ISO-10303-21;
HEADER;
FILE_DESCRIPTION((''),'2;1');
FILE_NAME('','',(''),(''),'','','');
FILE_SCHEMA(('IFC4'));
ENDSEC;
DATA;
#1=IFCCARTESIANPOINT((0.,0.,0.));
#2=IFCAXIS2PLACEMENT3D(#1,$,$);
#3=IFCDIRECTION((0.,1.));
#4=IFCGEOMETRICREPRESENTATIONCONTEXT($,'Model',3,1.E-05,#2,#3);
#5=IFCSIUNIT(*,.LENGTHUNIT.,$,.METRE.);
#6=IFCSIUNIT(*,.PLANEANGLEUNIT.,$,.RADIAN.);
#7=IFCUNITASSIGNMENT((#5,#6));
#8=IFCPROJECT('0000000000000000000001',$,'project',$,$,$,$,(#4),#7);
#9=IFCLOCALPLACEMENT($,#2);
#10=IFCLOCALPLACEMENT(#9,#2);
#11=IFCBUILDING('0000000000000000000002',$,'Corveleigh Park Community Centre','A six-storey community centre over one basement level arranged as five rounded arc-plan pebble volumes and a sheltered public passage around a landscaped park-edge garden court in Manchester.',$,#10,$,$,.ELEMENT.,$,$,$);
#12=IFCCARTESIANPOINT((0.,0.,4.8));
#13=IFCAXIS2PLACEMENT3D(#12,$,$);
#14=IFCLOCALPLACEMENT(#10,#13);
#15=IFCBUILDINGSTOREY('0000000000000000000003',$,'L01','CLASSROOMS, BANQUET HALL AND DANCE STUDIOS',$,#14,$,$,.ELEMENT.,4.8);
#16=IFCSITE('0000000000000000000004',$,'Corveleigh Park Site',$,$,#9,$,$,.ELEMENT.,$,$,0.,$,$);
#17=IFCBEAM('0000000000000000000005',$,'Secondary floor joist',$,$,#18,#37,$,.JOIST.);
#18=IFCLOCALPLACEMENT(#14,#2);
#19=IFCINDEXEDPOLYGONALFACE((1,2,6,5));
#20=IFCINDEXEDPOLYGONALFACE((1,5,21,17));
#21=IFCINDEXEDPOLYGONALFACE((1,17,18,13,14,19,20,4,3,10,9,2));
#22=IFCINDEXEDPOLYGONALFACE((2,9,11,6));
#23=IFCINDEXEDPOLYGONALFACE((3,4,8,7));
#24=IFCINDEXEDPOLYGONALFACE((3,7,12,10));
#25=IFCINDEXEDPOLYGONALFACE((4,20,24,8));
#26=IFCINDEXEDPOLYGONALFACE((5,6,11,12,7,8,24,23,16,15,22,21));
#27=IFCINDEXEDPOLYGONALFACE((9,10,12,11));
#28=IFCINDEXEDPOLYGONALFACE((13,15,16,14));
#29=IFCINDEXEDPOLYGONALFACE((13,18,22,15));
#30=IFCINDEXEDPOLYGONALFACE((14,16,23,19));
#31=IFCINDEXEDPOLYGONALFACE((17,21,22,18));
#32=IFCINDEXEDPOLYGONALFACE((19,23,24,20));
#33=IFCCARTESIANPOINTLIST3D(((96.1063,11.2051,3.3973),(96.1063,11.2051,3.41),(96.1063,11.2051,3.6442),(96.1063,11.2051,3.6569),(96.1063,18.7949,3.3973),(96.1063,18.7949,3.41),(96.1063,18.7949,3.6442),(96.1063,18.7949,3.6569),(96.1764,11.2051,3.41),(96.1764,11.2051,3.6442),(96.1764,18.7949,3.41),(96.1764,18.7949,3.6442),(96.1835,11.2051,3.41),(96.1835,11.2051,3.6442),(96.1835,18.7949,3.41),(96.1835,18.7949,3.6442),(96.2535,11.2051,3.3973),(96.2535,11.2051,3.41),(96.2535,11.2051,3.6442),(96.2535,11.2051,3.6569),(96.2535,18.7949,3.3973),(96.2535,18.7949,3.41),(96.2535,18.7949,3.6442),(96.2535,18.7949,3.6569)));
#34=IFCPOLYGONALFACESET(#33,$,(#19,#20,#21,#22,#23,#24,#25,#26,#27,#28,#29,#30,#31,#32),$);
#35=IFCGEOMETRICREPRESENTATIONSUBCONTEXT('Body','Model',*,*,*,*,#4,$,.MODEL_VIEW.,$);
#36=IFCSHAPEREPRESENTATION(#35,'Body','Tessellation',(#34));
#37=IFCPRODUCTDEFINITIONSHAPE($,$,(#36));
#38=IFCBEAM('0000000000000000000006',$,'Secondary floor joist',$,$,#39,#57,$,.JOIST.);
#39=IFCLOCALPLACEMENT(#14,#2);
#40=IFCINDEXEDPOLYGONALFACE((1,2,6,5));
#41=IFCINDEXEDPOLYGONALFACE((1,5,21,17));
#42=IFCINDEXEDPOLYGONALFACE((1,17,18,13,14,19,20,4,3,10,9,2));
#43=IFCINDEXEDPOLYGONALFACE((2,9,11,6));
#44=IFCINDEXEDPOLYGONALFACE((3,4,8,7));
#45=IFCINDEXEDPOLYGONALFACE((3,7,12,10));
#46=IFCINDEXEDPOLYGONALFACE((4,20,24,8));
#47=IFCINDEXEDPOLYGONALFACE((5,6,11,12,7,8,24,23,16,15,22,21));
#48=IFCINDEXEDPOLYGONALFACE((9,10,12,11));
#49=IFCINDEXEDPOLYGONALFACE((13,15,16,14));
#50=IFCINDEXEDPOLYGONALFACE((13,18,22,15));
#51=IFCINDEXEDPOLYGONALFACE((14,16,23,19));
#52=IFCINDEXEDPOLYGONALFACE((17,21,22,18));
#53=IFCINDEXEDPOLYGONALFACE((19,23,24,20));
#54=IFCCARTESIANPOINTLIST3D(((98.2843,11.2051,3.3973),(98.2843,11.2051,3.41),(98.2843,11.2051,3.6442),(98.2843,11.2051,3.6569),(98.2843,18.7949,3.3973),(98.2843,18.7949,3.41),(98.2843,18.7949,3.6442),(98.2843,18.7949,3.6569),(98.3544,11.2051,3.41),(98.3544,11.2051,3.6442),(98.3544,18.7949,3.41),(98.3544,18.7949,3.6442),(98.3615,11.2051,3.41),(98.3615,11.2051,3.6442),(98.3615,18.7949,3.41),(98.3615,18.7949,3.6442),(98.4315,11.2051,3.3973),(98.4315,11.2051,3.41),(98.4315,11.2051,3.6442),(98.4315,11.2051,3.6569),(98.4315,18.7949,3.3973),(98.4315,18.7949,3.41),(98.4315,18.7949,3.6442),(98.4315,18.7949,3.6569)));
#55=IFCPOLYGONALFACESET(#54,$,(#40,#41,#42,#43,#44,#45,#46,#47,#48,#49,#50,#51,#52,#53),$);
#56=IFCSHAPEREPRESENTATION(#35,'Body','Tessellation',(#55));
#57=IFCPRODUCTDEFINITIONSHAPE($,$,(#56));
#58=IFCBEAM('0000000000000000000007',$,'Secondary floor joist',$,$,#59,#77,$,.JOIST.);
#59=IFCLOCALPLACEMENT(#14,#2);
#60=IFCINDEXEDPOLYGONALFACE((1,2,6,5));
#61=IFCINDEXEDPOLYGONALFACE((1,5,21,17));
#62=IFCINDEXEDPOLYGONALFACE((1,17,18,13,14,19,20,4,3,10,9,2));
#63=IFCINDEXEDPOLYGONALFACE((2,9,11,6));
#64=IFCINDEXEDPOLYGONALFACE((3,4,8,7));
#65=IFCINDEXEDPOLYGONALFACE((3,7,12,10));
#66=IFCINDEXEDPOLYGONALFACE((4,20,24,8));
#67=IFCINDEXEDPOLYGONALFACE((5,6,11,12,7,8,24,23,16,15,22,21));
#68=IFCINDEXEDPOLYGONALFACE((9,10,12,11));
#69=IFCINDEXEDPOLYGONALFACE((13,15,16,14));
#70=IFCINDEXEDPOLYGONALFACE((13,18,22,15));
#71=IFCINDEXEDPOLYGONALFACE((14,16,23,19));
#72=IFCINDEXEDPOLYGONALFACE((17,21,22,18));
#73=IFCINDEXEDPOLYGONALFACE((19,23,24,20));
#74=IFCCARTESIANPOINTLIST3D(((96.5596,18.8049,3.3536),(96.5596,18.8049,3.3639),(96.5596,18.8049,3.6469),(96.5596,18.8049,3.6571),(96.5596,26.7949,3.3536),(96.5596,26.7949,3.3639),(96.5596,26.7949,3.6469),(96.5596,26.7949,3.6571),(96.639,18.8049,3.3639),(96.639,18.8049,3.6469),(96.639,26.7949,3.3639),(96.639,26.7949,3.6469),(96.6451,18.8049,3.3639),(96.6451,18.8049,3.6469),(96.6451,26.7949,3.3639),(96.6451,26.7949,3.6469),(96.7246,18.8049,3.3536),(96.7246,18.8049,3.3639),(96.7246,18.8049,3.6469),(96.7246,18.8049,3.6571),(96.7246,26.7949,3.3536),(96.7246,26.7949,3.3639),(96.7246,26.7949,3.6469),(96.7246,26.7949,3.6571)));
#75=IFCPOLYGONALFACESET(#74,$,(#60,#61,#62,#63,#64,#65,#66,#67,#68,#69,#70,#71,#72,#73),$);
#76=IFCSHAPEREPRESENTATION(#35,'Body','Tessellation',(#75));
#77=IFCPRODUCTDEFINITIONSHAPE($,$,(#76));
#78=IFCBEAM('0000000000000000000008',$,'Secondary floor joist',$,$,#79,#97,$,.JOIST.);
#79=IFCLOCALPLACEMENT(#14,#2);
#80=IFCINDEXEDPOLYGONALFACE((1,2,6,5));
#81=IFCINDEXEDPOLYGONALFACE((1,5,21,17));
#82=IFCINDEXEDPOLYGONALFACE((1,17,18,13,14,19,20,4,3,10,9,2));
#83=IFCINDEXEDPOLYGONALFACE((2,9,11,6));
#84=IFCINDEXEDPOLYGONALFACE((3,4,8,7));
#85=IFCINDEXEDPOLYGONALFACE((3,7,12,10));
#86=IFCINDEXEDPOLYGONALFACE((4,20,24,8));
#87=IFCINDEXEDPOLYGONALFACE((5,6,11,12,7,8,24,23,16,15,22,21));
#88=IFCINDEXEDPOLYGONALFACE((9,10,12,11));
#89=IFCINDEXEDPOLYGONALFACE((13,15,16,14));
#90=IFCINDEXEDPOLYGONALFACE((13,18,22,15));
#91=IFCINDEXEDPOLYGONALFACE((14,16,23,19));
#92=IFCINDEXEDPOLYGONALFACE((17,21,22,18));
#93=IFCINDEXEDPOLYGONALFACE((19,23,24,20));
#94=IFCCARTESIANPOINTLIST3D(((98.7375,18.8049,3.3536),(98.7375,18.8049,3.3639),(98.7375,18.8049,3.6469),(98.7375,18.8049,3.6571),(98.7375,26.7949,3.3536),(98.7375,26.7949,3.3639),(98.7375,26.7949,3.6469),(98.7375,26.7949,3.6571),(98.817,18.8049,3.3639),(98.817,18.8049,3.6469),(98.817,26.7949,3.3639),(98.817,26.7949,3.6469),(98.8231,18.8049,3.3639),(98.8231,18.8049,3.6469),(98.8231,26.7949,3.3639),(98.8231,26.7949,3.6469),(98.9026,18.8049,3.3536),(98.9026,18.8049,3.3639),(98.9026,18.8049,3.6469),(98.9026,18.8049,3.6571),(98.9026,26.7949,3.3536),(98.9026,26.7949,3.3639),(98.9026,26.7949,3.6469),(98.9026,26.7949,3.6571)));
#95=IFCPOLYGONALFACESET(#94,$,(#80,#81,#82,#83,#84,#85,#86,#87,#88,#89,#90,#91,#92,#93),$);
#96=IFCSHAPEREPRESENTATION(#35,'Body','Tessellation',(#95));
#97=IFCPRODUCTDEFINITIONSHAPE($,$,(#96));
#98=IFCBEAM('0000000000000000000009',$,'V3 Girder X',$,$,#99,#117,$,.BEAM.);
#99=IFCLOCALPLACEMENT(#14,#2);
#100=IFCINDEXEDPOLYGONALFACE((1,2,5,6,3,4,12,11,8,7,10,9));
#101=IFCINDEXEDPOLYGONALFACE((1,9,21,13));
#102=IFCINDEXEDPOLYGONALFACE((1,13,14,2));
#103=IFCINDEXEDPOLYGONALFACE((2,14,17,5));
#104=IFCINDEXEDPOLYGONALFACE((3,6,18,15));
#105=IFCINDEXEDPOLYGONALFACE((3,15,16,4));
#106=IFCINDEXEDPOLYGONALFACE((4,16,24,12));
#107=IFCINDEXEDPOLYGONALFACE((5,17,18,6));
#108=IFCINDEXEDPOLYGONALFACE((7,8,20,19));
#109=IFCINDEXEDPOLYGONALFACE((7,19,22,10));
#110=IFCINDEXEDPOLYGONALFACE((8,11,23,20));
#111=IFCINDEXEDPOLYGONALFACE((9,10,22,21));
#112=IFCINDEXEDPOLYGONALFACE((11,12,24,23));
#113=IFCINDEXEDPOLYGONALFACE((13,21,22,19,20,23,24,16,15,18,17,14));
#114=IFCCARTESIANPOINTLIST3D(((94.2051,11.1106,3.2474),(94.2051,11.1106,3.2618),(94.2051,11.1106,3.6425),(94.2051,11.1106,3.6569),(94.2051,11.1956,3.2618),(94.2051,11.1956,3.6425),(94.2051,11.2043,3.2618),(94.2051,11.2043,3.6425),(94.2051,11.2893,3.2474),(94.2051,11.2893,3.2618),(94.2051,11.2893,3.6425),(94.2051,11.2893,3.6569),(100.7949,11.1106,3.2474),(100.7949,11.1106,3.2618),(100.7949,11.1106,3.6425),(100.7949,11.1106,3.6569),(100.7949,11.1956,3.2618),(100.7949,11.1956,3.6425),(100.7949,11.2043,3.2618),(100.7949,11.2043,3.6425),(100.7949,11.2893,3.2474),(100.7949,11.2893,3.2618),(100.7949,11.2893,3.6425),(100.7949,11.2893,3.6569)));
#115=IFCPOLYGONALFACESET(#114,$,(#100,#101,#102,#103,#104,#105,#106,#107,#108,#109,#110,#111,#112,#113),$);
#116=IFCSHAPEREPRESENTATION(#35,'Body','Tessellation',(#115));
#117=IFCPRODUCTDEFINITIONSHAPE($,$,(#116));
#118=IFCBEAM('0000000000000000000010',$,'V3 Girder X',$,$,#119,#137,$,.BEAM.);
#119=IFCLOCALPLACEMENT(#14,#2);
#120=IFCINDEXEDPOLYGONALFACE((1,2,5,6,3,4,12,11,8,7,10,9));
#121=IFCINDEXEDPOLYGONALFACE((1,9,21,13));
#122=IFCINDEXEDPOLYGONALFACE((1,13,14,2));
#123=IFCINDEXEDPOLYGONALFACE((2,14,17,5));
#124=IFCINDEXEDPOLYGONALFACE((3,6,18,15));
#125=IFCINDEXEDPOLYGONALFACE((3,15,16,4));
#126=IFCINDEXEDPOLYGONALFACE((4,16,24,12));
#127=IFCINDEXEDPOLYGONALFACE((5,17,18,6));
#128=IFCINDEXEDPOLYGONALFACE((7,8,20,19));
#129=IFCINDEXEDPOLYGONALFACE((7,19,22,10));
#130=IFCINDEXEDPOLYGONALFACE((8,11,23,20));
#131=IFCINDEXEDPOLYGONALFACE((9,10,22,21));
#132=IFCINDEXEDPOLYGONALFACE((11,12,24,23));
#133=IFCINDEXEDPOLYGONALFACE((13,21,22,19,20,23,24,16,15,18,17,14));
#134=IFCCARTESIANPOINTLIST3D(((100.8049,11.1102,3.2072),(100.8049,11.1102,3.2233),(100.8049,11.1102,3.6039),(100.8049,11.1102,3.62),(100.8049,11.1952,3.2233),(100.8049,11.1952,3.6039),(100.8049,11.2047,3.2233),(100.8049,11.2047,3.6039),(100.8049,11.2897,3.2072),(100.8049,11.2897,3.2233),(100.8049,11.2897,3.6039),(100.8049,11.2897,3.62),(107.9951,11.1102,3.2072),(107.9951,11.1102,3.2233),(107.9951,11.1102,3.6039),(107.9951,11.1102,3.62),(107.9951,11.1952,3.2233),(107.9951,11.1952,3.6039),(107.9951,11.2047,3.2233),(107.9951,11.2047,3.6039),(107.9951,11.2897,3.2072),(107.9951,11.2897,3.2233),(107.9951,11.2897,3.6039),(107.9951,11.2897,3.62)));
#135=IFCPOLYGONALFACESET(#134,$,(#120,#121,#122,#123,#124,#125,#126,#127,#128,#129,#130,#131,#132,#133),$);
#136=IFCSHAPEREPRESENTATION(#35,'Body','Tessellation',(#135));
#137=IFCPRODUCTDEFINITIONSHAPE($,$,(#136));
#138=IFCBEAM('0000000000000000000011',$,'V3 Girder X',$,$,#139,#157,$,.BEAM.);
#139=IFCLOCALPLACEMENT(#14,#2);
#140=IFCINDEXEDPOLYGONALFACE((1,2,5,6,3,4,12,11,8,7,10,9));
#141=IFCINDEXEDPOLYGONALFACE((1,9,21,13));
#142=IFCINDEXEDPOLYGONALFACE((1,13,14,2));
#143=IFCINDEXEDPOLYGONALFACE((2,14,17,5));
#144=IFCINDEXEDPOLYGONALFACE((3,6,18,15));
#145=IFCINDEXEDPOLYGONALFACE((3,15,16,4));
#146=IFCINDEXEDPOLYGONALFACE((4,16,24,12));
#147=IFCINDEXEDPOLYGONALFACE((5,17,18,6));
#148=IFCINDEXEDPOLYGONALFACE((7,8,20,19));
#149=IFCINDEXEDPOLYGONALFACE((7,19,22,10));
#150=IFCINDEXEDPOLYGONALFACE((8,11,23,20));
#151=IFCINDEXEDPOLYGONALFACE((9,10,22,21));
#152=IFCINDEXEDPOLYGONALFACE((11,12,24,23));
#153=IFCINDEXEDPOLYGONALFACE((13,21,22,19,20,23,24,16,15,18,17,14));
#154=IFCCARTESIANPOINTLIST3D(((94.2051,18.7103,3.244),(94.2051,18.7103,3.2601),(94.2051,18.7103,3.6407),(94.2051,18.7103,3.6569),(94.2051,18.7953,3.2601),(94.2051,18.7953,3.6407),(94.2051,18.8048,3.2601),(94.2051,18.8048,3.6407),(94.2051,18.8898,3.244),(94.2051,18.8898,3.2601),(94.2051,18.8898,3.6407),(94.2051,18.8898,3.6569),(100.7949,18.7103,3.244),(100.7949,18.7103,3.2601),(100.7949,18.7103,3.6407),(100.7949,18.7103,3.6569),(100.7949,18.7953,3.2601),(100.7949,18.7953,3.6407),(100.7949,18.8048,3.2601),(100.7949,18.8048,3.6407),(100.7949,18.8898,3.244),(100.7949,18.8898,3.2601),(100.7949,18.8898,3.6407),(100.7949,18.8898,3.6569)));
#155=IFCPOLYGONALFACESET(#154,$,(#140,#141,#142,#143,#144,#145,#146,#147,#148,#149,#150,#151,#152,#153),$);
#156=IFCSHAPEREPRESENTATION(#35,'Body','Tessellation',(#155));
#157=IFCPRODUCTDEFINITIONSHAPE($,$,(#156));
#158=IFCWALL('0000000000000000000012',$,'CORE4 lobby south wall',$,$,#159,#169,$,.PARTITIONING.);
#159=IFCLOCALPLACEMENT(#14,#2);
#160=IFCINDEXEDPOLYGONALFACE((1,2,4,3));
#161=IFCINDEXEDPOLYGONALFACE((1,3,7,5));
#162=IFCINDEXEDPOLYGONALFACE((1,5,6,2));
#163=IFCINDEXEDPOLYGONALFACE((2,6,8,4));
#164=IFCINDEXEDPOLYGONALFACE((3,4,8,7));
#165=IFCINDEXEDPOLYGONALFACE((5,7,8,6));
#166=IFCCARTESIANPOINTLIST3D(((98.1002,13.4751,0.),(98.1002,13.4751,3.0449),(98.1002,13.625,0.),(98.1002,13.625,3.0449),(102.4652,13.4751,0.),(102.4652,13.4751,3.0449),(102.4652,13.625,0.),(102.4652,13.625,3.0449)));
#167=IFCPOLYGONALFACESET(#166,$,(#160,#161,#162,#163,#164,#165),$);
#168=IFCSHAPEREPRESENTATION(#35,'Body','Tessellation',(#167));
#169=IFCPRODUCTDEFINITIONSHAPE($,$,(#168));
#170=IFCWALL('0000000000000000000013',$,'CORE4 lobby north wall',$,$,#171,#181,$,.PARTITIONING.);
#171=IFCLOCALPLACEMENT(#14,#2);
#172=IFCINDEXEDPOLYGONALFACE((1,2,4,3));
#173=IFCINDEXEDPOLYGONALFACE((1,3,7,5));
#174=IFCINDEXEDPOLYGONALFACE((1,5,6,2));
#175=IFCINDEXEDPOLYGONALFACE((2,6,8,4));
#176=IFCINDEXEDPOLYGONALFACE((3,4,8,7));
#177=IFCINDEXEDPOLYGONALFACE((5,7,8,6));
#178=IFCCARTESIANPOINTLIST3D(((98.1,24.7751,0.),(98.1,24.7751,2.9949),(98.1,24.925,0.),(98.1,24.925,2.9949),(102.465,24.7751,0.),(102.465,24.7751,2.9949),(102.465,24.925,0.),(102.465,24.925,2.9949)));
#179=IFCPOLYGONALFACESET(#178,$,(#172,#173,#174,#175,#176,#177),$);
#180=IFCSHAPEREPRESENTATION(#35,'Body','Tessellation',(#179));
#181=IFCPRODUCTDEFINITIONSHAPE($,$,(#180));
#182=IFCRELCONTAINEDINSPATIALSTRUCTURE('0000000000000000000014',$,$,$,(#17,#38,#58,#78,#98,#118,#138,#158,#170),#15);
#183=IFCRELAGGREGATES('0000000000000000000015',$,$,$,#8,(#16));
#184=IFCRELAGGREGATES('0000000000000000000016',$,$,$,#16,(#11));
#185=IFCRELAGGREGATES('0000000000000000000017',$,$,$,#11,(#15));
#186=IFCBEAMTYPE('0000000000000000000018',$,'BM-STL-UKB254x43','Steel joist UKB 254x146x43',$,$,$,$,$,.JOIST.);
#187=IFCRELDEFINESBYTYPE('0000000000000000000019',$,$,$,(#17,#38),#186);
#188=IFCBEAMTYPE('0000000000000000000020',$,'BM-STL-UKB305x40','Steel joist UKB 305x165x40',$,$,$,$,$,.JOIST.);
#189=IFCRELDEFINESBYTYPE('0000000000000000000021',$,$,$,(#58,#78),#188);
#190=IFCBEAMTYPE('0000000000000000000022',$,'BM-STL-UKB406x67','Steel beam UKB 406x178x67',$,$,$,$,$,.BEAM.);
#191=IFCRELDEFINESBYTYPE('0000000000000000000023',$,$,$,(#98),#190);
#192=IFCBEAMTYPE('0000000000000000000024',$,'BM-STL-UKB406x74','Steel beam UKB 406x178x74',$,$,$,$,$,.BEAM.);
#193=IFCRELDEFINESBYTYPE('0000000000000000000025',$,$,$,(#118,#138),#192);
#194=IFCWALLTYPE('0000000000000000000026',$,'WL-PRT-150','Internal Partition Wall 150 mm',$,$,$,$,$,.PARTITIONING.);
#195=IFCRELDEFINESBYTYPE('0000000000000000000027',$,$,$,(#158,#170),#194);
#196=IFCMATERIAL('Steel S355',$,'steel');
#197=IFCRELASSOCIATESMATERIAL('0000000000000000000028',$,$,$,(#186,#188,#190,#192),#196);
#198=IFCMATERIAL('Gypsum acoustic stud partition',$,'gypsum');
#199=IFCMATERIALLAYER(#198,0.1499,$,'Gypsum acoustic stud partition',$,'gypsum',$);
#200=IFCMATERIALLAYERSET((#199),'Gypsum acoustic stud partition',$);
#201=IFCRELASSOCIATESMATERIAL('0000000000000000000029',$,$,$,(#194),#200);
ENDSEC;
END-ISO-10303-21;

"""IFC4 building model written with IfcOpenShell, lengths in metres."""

from ifc_helpers import new_model, si_unit, direction, frame, frame_2d, origin, origin_2d, place, context, subcontext, project, spatial, rectangle, i_section, extrude, material, layer, layer_set, material_profile, profile_set, type_object, element, save


model = new_model("IFC4")

# Units and contexts
model_context = context("Model", 3, precision=1e-05, world=origin(), true_north=direction((0.0, 1.0)))
body_context = subcontext(model_context, "Body", "Model", "MODEL_VIEW")
ifc_project = project(units=[si_unit("LENGTHUNIT", "METRE"), si_unit("PLANEANGLEUNIT", "RADIAN")], contexts=[model_context])

# Site, building, storey
site_placement = place(None, origin())
site = spatial("IfcSite", under=ifc_project, at=site_placement, Name="Corveleigh Park Site", CompositionType="ELEMENT", RefElevation=0.0)
building_placement = place(site_placement, origin())
building = spatial("IfcBuilding", under=site, at=building_placement, Name="Corveleigh Park Community Centre", Description="A six-storey community centre over one basement level arranged as five rounded arc-plan pebble volumes and a sheltered public passage around a landscaped park-edge garden court in Manchester.", CompositionType="ELEMENT")
storey_placement = place(building_placement, frame((0.0, 0.0, 4.8)))
storey = spatial("IfcBuildingStorey", under=building, at=storey_placement, Name="L01", Description="CLASSROOMS, BANQUET HALL AND DANCE STUDIOS", CompositionType="ELEMENT", Elevation=4.8)

# Beams
ifc_material_1 = material(Name="Steel S355", Category="steel")
ifc_material_profile_1 = material_profile(ifc_material_1, i_section(OverallWidth=0.1472, OverallDepth=0.2595, WebThickness=0.0071, FlangeThickness=0.0127, at=origin_2d()), Name="UKB 254x146x43", Category="steel")
ifc_profile_set_1 = profile_set([ifc_material_profile_1], Name="Steel S355")
beam_type_1 = type_object("IfcBeamType", Name="BM-STL-UKB254x43", Description="Steel joist UKB 254x146x43", PredefinedType="JOIST", material=ifc_profile_set_1)
for number, where, z_axis, x_axis, name in (
    (1, (96.1799, 11.2051, 3.5271), (0.0, 1.0, 0.0), (-1.0, 0.0, 0.0), "Secondary floor joist"),
    (2, (98.3579, 11.2051, 3.5271), (0.0, 1.0, 0.0), (-1.0, 0.0, 0.0), "Secondary floor joist"),
):
    element("IfcBeam", number, at=place(storey_placement, frame(where, z_axis=z_axis, x_axis=x_axis)), inside=storey, type_object=beam_type_1, Name=name, PredefinedType="JOIST", context=body_context, shape_type="SweptSolid", body=[
        extrude(i_section(OverallWidth=0.1472, OverallDepth=0.2595, WebThickness=0.0071, FlangeThickness=0.0127, at=origin_2d()), origin(), (0.0, 0.0, 1.0), 7.5898),
    ])
ifc_material_profile_2 = material_profile(ifc_material_1, i_section(OverallWidth=0.165, OverallDepth=0.3035, WebThickness=0.0061, FlangeThickness=0.0103, at=origin_2d()), Name="UKB 305x165x40", Category="steel")
ifc_profile_set_2 = profile_set([ifc_material_profile_2], Name="Steel S355")
beam_type_2 = type_object("IfcBeamType", Name="BM-STL-UKB305x40", Description="Steel joist UKB 305x165x40", PredefinedType="JOIST", material=ifc_profile_set_2)
for number, where, z_axis, x_axis, name in (
    (3, (96.6421, 18.8049, 3.5054), (0.0, 1.0, 0.0), (-1.0, 0.0, 0.0), "Secondary floor joist"),
    (4, (98.8201, 18.8049, 3.5054), (0.0, 1.0, 0.0), (-1.0, 0.0, 0.0), "Secondary floor joist"),
):
    element("IfcBeam", number, at=place(storey_placement, frame(where, z_axis=z_axis, x_axis=x_axis)), inside=storey, type_object=beam_type_2, Name=name, PredefinedType="JOIST", context=body_context, shape_type="SweptSolid", body=[
        extrude(i_section(OverallWidth=0.165, OverallDepth=0.3035, WebThickness=0.0061, FlangeThickness=0.0103, at=origin_2d()), origin(), (0.0, 0.0, 1.0), 7.99),
    ])
ifc_material_profile_3 = material_profile(ifc_material_1, i_section(OverallWidth=0.1787, OverallDepth=0.4094, WebThickness=0.0088, FlangeThickness=0.0144, at=origin_2d()), Name="UKB 406x178x67", Category="steel")
ifc_profile_set_3 = profile_set([ifc_material_profile_3], Name="Steel S355")
beam_type_3 = type_object("IfcBeamType", Name="BM-STL-UKB406x67", Description="Steel beam UKB 406x178x67", PredefinedType="BEAM", material=ifc_profile_set_3)
beam_1_placement = place(storey_placement, frame((94.2051, 11.2, 3.4521), z_axis=(1.0, 0.0, 0.0), x_axis=(0.0, 1.0, 0.0)))
element("IfcBeam", 5, at=beam_1_placement, inside=storey, type_object=beam_type_3, Name="V3 Girder X", PredefinedType="BEAM", context=body_context, shape_type="SweptSolid", body=[
    extrude(i_section(OverallWidth=0.1787, OverallDepth=0.4094, WebThickness=0.0088, FlangeThickness=0.0144, at=origin_2d()), origin(), (0.0, 0.0, 1.0), 6.5898),
])
ifc_material_profile_4 = material_profile(ifc_material_1, i_section(OverallWidth=0.1794, OverallDepth=0.4128, WebThickness=0.0095, FlangeThickness=0.0161, at=origin_2d()), Name="UKB 406x178x74", Category="steel")
ifc_profile_set_4 = profile_set([ifc_material_profile_4], Name="Steel S355")
beam_type_4 = type_object("IfcBeamType", Name="BM-STL-UKB406x74", Description="Steel beam UKB 406x178x74", PredefinedType="BEAM", material=ifc_profile_set_4)
beam_2_placement = place(storey_placement, frame((100.8049, 11.2, 3.4136), z_axis=(1.0, 0.0, 0.0), x_axis=(0.0, 1.0, 0.0)))
element("IfcBeam", 6, at=beam_2_placement, inside=storey, type_object=beam_type_4, Name="V3 Girder X", PredefinedType="BEAM", context=body_context, shape_type="SweptSolid", body=[
    extrude(i_section(OverallWidth=0.1794, OverallDepth=0.4128, WebThickness=0.0095, FlangeThickness=0.0161, at=origin_2d()), origin(), (0.0, 0.0, 1.0), 7.1902),
])
beam_3_placement = place(storey_placement, frame((94.2051, 18.8, 3.4504), z_axis=(1.0, 0.0, 0.0), x_axis=(0.0, 1.0, 0.0)))
element("IfcBeam", 7, at=beam_3_placement, inside=storey, type_object=beam_type_4, Name="V3 Girder X", PredefinedType="BEAM", context=body_context, shape_type="SweptSolid", body=[
    extrude(i_section(OverallWidth=0.1794, OverallDepth=0.4128, WebThickness=0.0095, FlangeThickness=0.0161, at=origin_2d()), origin(), (0.0, 0.0, 1.0), 6.5898),
])

# Walls
ifc_material_2 = material(Name="Gypsum acoustic stud partition", Category="gypsum")
ifc_layer_1 = layer(ifc_material_2, 0.1499, Name="Gypsum acoustic stud partition", Category="gypsum")
ifc_layer_set_1 = layer_set([ifc_layer_1], Name="Gypsum acoustic stud partition")
wall_type_1 = type_object("IfcWallType", Name="WL-PRT-150", Description="Internal Partition Wall 150 mm", PredefinedType="PARTITIONING", material=ifc_layer_set_1)
wall_1_placement = place(storey_placement, frame((98.1001, 13.55, 0.0), z_axis=(0.0, 0.0, 1.0), x_axis=(1.0, 0.0, 0.0)))
element("IfcWall", 8, at=wall_1_placement, inside=storey, type_object=wall_type_1, Name="CORE4 lobby south wall", PredefinedType="PARTITIONING", context=body_context, shape_type="SweptSolid", body=[
    extrude(rectangle(XDim=4.365, YDim=0.1499, at=frame_2d((2.1826, 0.0))), origin(), (0.0, 0.0, 1.0), 3.0449),
])
wall_2_placement = place(storey_placement, frame((102.4651, 24.8501, 0.0), z_axis=(0.0, 0.0, 1.0), x_axis=(-1.0, 0.0, 0.0)))
element("IfcWall", 9, at=wall_2_placement, inside=storey, type_object=wall_type_1, Name="CORE4 lobby north wall", PredefinedType="PARTITIONING", context=body_context, shape_type="SweptSolid", body=[
    extrude(rectangle(XDim=4.365, YDim=0.1499, at=frame_2d((2.1826, 0.0))), origin(), (0.0, 0.0, 1.0), 2.9949),
])

save(model, "model.ifc")
